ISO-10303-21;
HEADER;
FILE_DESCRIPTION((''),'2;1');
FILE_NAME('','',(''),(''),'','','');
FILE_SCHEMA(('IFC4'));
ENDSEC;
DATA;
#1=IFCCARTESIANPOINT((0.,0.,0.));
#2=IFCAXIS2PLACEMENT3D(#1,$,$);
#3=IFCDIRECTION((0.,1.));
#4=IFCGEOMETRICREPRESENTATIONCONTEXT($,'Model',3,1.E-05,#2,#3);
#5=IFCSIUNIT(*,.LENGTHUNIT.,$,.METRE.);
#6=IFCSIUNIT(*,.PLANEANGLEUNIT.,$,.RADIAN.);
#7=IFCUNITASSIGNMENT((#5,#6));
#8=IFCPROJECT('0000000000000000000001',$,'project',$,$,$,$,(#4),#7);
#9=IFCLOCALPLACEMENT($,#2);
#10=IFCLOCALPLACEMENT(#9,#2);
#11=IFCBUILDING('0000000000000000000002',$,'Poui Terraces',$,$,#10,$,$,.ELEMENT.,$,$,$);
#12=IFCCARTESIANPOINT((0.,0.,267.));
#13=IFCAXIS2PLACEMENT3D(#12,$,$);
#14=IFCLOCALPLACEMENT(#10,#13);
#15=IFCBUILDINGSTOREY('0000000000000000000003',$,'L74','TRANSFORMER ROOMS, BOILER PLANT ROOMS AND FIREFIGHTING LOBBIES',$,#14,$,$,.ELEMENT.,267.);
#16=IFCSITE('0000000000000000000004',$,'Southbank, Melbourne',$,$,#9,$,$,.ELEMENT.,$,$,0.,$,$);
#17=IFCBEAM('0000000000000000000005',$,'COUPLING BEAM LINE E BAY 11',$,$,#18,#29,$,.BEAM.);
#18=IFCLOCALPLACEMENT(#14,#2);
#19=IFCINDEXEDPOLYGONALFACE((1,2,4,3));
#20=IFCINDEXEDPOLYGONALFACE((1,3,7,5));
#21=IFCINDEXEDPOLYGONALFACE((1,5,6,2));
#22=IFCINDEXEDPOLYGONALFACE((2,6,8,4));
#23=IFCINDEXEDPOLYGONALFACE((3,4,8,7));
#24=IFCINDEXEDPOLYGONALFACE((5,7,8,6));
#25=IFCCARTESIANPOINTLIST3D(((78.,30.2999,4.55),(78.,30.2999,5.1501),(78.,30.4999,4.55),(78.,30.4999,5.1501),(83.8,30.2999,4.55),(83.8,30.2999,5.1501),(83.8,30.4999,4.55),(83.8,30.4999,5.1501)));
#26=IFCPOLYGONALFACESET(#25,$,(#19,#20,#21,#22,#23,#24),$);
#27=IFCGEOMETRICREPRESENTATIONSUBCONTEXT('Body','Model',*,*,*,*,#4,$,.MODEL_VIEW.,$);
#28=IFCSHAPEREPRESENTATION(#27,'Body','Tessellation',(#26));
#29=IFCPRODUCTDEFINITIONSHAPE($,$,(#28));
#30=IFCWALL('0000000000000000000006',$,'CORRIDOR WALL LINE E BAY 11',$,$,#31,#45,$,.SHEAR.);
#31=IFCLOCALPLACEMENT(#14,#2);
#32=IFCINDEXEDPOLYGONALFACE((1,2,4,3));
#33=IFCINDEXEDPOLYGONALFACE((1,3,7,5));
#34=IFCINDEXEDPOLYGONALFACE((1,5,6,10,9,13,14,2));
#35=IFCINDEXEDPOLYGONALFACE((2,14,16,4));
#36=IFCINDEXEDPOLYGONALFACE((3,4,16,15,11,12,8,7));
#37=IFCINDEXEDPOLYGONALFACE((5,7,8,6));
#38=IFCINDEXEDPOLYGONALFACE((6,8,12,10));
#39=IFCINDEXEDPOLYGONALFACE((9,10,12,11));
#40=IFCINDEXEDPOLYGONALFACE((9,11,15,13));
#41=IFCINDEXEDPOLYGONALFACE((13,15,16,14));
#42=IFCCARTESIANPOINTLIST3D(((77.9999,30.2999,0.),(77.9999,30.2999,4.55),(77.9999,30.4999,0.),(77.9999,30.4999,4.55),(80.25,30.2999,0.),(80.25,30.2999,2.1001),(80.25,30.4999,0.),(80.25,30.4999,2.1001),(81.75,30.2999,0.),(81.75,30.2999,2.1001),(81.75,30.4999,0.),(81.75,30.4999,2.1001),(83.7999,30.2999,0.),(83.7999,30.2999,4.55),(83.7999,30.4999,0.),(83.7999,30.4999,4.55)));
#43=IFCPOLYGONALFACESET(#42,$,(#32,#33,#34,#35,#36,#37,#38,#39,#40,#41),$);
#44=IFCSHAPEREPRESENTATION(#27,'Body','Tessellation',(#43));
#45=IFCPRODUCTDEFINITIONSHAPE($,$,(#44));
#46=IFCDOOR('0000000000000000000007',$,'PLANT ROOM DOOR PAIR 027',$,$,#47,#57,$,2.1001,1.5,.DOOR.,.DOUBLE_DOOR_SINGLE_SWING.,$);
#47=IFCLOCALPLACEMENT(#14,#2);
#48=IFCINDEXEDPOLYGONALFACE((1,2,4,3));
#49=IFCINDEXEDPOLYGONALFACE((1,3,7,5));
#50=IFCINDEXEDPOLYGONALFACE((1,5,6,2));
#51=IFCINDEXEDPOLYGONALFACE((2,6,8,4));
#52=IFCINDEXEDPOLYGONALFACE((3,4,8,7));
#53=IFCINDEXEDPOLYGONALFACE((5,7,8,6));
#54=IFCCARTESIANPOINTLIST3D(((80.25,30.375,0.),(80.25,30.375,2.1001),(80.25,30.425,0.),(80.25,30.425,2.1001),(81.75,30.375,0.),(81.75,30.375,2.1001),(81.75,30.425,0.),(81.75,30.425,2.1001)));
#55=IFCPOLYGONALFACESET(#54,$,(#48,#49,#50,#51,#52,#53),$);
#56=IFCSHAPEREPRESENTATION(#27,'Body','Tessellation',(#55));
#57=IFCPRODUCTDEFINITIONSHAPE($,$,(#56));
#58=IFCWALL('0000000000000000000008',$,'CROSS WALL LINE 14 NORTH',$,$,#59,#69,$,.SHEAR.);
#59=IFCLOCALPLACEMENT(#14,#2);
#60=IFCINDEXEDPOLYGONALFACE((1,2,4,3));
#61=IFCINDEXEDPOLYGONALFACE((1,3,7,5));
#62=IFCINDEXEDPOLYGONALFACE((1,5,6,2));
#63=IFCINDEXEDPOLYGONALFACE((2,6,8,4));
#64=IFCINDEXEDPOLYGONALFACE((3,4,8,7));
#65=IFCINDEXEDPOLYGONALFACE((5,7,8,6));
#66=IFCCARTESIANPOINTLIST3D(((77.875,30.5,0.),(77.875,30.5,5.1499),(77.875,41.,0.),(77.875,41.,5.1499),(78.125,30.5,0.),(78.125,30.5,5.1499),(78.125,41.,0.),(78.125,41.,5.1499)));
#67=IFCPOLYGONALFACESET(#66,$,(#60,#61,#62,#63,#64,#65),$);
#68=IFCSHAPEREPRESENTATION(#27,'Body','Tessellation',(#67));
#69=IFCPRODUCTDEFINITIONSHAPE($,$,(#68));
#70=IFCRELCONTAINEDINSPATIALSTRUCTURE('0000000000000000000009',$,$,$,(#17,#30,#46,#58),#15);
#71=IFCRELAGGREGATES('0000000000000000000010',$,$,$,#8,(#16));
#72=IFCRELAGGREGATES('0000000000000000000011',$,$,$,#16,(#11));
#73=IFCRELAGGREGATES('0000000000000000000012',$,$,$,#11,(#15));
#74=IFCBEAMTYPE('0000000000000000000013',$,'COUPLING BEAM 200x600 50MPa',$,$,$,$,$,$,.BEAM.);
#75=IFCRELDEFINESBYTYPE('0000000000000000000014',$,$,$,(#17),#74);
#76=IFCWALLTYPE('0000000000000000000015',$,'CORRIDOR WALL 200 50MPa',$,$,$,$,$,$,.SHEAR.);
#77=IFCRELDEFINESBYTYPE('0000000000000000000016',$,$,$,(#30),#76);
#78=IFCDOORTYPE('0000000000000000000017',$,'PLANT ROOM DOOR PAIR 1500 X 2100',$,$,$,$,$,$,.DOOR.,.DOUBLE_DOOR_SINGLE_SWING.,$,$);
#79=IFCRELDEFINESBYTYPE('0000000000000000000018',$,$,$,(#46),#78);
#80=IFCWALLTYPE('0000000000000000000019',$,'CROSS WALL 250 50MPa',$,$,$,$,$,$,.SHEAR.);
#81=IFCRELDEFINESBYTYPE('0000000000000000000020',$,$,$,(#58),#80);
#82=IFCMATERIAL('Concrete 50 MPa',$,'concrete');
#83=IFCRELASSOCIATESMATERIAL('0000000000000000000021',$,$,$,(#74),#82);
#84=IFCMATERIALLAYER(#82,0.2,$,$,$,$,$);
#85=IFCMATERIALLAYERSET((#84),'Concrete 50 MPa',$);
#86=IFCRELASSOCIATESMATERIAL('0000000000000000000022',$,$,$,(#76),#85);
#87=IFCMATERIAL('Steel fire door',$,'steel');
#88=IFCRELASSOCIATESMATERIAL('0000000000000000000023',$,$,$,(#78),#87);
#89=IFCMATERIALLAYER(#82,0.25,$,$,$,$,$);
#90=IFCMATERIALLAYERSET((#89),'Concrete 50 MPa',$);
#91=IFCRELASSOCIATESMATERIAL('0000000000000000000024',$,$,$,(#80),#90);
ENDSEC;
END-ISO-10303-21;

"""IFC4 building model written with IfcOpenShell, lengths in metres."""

from ifc_helpers import new_model, si_unit, direction, frame, frame_2d, origin, origin_2d, place, context, subcontext, project, spatial, rectangle, extrude, source, transform, mapped, material, layer, layer_set, material_profile, profile_set, type_object, element, fill, save


model = new_model("IFC4")

# Units and contexts
model_context = context("Model", 3, precision=1e-05, world=origin(), true_north=direction((0.0, 1.0)))
body_context = subcontext(model_context, "Body", "Model", "MODEL_VIEW")
ifc_project = project(units=[si_unit("LENGTHUNIT", "METRE"), si_unit("PLANEANGLEUNIT", "RADIAN")], contexts=[model_context])

# Site, building, storey
site_placement = place(None, origin())
site = spatial("IfcSite", under=ifc_project, at=site_placement, Name="Southbank, Melbourne", CompositionType="ELEMENT", RefElevation=0.0)
building_placement = place(site_placement, origin())
building = spatial("IfcBuilding", under=site, at=building_placement, Name="Poui Terraces", CompositionType="ELEMENT")
storey_placement = place(building_placement, frame((0.0, 0.0, 267.0)))
storey = spatial("IfcBuildingStorey", under=building, at=storey_placement, Name="L74", Description="TRANSFORMER ROOMS, BOILER PLANT ROOMS AND FIREFIGHTING LOBBIES", CompositionType="ELEMENT", Elevation=267.0)

# Beam
ifc_material_1 = material(Name="Concrete 50 MPa", Category="concrete")
ifc_material_profile_1 = material_profile(ifc_material_1, rectangle(XDim=0.2, YDim=0.6001, at=origin_2d()), Name="RC 200x600")
ifc_profile_set_1 = profile_set([ifc_material_profile_1], Name="Concrete 50 MPa")
beam_type = type_object("IfcBeamType", Name="COUPLING BEAM 200x600 50MPa", PredefinedType="BEAM", material=ifc_profile_set_1)
shared_shape_1 = source(origin(), body_context, "Body", "SweptSolid", [
    extrude(rectangle(XDim=0.2, YDim=0.6001, at=origin_2d()), origin(), (0.0, 0.0, 1.0), 5.8),
])
beam_placement = place(storey_placement, frame((78.0, 30.3999, 4.8501), z_axis=(1.0, 0.0, 0.0), x_axis=(0.0, 1.0, 0.0)))
element("IfcBeam", 1, at=beam_placement, inside=storey, type_object=beam_type, Name="COUPLING BEAM LINE E BAY 11", PredefinedType="BEAM", context=body_context, shape_type="MappedRepresentation", body=[
    mapped(shared_shape_1, transform((0.0, 0.0, 0.0))),
])

# Wall, opening, door
ifc_layer_1 = layer(ifc_material_1, 0.2)
ifc_layer_set_1 = layer_set([ifc_layer_1], Name="Concrete 50 MPa")
wall_type_1 = type_object("IfcWallType", Name="CORRIDOR WALL 200 50MPa", PredefinedType="SHEAR", material=ifc_layer_set_1)
wall_1_placement = place(storey_placement, frame((78.0, 30.3999, 0.0), z_axis=(0.0, 0.0, 1.0), x_axis=(1.0, 0.0, 0.0)))
wall_1 = element("IfcWall", 2, at=wall_1_placement, inside=storey, type_object=wall_type_1, Name="CORRIDOR WALL LINE E BAY 11", PredefinedType="SHEAR", context=body_context, shape_type="SweptSolid", body=[
    extrude(rectangle(XDim=5.8, YDim=0.2, at=frame_2d((2.8999, 0.0))), origin(), (0.0, 0.0, 1.0), 4.55),
])
opening_placement = place(wall_1_placement, frame((2.25, 0.0, 0.0)))
opening = element("IfcOpeningElement", 3, at=opening_placement, cuts=wall_1, PredefinedType="OPENING", context=body_context, shape_type="SweptSolid", body=[
    extrude(rectangle(XDim=1.5, YDim=2.1001, at=frame_2d((0.75, 1.05))), frame((0.0, 0.1099, 0.0), z_axis=(0.0, -1.0, 0.0), x_axis=(1.0, 0.0, 0.0)), (0.0, 0.0, 1.0), 0.22),
])
ifc_material_2 = material(Name="Steel fire door", Category="steel")
door_type = type_object("IfcDoorType", Name="PLANT ROOM DOOR PAIR 1500 X 2100", OperationType="DOUBLE_DOOR_SINGLE_SWING", PredefinedType="DOOR", material=ifc_material_2)
door_placement = place(opening_placement, frame((1.5, 0.0, 0.0), z_axis=(0.0, 0.0, 1.0), x_axis=(-1.0, 0.0, 0.0)))
door = element("IfcDoor", 4, at=door_placement, inside=storey, type_object=door_type, Name="PLANT ROOM DOOR PAIR 027", OperationType="DOUBLE_DOOR_SINGLE_SWING", OverallHeight=2.1001, OverallWidth=1.5, PredefinedType="DOOR", context=body_context, shape_type="SweptSolid", body=[
    extrude(rectangle(XDim=1.5, YDim=2.1001, at=frame_2d((0.75, 1.05))), frame((0.0, 0.0249, 0.0), z_axis=(0.0, -1.0, 0.0), x_axis=(1.0, 0.0, 0.0)), (0.0, 0.0, 1.0), 0.05),
])
fill(opening, door)

# Wall
ifc_layer_2 = layer(ifc_material_1, 0.25)
ifc_layer_set_2 = layer_set([ifc_layer_2], Name="Concrete 50 MPa")
wall_type_2 = type_object("IfcWallType", Name="CROSS WALL 250 50MPa", PredefinedType="SHEAR", material=ifc_layer_set_2)
wall_2_placement = place(storey_placement, frame((78.0, 30.5, 0.0), z_axis=(0.0, 0.0, 1.0), x_axis=(0.0, 1.0, 0.0)))
element("IfcWall", 5, at=wall_2_placement, inside=storey, type_object=wall_type_2, Name="CROSS WALL LINE 14 NORTH", PredefinedType="SHEAR", context=body_context, shape_type="SweptSolid", body=[
    extrude(rectangle(XDim=10.5, YDim=0.25, at=frame_2d((5.25, 0.0))), origin(), (0.0, 0.0, 1.0), 5.1499),
])

save(model, "model.ifc")
